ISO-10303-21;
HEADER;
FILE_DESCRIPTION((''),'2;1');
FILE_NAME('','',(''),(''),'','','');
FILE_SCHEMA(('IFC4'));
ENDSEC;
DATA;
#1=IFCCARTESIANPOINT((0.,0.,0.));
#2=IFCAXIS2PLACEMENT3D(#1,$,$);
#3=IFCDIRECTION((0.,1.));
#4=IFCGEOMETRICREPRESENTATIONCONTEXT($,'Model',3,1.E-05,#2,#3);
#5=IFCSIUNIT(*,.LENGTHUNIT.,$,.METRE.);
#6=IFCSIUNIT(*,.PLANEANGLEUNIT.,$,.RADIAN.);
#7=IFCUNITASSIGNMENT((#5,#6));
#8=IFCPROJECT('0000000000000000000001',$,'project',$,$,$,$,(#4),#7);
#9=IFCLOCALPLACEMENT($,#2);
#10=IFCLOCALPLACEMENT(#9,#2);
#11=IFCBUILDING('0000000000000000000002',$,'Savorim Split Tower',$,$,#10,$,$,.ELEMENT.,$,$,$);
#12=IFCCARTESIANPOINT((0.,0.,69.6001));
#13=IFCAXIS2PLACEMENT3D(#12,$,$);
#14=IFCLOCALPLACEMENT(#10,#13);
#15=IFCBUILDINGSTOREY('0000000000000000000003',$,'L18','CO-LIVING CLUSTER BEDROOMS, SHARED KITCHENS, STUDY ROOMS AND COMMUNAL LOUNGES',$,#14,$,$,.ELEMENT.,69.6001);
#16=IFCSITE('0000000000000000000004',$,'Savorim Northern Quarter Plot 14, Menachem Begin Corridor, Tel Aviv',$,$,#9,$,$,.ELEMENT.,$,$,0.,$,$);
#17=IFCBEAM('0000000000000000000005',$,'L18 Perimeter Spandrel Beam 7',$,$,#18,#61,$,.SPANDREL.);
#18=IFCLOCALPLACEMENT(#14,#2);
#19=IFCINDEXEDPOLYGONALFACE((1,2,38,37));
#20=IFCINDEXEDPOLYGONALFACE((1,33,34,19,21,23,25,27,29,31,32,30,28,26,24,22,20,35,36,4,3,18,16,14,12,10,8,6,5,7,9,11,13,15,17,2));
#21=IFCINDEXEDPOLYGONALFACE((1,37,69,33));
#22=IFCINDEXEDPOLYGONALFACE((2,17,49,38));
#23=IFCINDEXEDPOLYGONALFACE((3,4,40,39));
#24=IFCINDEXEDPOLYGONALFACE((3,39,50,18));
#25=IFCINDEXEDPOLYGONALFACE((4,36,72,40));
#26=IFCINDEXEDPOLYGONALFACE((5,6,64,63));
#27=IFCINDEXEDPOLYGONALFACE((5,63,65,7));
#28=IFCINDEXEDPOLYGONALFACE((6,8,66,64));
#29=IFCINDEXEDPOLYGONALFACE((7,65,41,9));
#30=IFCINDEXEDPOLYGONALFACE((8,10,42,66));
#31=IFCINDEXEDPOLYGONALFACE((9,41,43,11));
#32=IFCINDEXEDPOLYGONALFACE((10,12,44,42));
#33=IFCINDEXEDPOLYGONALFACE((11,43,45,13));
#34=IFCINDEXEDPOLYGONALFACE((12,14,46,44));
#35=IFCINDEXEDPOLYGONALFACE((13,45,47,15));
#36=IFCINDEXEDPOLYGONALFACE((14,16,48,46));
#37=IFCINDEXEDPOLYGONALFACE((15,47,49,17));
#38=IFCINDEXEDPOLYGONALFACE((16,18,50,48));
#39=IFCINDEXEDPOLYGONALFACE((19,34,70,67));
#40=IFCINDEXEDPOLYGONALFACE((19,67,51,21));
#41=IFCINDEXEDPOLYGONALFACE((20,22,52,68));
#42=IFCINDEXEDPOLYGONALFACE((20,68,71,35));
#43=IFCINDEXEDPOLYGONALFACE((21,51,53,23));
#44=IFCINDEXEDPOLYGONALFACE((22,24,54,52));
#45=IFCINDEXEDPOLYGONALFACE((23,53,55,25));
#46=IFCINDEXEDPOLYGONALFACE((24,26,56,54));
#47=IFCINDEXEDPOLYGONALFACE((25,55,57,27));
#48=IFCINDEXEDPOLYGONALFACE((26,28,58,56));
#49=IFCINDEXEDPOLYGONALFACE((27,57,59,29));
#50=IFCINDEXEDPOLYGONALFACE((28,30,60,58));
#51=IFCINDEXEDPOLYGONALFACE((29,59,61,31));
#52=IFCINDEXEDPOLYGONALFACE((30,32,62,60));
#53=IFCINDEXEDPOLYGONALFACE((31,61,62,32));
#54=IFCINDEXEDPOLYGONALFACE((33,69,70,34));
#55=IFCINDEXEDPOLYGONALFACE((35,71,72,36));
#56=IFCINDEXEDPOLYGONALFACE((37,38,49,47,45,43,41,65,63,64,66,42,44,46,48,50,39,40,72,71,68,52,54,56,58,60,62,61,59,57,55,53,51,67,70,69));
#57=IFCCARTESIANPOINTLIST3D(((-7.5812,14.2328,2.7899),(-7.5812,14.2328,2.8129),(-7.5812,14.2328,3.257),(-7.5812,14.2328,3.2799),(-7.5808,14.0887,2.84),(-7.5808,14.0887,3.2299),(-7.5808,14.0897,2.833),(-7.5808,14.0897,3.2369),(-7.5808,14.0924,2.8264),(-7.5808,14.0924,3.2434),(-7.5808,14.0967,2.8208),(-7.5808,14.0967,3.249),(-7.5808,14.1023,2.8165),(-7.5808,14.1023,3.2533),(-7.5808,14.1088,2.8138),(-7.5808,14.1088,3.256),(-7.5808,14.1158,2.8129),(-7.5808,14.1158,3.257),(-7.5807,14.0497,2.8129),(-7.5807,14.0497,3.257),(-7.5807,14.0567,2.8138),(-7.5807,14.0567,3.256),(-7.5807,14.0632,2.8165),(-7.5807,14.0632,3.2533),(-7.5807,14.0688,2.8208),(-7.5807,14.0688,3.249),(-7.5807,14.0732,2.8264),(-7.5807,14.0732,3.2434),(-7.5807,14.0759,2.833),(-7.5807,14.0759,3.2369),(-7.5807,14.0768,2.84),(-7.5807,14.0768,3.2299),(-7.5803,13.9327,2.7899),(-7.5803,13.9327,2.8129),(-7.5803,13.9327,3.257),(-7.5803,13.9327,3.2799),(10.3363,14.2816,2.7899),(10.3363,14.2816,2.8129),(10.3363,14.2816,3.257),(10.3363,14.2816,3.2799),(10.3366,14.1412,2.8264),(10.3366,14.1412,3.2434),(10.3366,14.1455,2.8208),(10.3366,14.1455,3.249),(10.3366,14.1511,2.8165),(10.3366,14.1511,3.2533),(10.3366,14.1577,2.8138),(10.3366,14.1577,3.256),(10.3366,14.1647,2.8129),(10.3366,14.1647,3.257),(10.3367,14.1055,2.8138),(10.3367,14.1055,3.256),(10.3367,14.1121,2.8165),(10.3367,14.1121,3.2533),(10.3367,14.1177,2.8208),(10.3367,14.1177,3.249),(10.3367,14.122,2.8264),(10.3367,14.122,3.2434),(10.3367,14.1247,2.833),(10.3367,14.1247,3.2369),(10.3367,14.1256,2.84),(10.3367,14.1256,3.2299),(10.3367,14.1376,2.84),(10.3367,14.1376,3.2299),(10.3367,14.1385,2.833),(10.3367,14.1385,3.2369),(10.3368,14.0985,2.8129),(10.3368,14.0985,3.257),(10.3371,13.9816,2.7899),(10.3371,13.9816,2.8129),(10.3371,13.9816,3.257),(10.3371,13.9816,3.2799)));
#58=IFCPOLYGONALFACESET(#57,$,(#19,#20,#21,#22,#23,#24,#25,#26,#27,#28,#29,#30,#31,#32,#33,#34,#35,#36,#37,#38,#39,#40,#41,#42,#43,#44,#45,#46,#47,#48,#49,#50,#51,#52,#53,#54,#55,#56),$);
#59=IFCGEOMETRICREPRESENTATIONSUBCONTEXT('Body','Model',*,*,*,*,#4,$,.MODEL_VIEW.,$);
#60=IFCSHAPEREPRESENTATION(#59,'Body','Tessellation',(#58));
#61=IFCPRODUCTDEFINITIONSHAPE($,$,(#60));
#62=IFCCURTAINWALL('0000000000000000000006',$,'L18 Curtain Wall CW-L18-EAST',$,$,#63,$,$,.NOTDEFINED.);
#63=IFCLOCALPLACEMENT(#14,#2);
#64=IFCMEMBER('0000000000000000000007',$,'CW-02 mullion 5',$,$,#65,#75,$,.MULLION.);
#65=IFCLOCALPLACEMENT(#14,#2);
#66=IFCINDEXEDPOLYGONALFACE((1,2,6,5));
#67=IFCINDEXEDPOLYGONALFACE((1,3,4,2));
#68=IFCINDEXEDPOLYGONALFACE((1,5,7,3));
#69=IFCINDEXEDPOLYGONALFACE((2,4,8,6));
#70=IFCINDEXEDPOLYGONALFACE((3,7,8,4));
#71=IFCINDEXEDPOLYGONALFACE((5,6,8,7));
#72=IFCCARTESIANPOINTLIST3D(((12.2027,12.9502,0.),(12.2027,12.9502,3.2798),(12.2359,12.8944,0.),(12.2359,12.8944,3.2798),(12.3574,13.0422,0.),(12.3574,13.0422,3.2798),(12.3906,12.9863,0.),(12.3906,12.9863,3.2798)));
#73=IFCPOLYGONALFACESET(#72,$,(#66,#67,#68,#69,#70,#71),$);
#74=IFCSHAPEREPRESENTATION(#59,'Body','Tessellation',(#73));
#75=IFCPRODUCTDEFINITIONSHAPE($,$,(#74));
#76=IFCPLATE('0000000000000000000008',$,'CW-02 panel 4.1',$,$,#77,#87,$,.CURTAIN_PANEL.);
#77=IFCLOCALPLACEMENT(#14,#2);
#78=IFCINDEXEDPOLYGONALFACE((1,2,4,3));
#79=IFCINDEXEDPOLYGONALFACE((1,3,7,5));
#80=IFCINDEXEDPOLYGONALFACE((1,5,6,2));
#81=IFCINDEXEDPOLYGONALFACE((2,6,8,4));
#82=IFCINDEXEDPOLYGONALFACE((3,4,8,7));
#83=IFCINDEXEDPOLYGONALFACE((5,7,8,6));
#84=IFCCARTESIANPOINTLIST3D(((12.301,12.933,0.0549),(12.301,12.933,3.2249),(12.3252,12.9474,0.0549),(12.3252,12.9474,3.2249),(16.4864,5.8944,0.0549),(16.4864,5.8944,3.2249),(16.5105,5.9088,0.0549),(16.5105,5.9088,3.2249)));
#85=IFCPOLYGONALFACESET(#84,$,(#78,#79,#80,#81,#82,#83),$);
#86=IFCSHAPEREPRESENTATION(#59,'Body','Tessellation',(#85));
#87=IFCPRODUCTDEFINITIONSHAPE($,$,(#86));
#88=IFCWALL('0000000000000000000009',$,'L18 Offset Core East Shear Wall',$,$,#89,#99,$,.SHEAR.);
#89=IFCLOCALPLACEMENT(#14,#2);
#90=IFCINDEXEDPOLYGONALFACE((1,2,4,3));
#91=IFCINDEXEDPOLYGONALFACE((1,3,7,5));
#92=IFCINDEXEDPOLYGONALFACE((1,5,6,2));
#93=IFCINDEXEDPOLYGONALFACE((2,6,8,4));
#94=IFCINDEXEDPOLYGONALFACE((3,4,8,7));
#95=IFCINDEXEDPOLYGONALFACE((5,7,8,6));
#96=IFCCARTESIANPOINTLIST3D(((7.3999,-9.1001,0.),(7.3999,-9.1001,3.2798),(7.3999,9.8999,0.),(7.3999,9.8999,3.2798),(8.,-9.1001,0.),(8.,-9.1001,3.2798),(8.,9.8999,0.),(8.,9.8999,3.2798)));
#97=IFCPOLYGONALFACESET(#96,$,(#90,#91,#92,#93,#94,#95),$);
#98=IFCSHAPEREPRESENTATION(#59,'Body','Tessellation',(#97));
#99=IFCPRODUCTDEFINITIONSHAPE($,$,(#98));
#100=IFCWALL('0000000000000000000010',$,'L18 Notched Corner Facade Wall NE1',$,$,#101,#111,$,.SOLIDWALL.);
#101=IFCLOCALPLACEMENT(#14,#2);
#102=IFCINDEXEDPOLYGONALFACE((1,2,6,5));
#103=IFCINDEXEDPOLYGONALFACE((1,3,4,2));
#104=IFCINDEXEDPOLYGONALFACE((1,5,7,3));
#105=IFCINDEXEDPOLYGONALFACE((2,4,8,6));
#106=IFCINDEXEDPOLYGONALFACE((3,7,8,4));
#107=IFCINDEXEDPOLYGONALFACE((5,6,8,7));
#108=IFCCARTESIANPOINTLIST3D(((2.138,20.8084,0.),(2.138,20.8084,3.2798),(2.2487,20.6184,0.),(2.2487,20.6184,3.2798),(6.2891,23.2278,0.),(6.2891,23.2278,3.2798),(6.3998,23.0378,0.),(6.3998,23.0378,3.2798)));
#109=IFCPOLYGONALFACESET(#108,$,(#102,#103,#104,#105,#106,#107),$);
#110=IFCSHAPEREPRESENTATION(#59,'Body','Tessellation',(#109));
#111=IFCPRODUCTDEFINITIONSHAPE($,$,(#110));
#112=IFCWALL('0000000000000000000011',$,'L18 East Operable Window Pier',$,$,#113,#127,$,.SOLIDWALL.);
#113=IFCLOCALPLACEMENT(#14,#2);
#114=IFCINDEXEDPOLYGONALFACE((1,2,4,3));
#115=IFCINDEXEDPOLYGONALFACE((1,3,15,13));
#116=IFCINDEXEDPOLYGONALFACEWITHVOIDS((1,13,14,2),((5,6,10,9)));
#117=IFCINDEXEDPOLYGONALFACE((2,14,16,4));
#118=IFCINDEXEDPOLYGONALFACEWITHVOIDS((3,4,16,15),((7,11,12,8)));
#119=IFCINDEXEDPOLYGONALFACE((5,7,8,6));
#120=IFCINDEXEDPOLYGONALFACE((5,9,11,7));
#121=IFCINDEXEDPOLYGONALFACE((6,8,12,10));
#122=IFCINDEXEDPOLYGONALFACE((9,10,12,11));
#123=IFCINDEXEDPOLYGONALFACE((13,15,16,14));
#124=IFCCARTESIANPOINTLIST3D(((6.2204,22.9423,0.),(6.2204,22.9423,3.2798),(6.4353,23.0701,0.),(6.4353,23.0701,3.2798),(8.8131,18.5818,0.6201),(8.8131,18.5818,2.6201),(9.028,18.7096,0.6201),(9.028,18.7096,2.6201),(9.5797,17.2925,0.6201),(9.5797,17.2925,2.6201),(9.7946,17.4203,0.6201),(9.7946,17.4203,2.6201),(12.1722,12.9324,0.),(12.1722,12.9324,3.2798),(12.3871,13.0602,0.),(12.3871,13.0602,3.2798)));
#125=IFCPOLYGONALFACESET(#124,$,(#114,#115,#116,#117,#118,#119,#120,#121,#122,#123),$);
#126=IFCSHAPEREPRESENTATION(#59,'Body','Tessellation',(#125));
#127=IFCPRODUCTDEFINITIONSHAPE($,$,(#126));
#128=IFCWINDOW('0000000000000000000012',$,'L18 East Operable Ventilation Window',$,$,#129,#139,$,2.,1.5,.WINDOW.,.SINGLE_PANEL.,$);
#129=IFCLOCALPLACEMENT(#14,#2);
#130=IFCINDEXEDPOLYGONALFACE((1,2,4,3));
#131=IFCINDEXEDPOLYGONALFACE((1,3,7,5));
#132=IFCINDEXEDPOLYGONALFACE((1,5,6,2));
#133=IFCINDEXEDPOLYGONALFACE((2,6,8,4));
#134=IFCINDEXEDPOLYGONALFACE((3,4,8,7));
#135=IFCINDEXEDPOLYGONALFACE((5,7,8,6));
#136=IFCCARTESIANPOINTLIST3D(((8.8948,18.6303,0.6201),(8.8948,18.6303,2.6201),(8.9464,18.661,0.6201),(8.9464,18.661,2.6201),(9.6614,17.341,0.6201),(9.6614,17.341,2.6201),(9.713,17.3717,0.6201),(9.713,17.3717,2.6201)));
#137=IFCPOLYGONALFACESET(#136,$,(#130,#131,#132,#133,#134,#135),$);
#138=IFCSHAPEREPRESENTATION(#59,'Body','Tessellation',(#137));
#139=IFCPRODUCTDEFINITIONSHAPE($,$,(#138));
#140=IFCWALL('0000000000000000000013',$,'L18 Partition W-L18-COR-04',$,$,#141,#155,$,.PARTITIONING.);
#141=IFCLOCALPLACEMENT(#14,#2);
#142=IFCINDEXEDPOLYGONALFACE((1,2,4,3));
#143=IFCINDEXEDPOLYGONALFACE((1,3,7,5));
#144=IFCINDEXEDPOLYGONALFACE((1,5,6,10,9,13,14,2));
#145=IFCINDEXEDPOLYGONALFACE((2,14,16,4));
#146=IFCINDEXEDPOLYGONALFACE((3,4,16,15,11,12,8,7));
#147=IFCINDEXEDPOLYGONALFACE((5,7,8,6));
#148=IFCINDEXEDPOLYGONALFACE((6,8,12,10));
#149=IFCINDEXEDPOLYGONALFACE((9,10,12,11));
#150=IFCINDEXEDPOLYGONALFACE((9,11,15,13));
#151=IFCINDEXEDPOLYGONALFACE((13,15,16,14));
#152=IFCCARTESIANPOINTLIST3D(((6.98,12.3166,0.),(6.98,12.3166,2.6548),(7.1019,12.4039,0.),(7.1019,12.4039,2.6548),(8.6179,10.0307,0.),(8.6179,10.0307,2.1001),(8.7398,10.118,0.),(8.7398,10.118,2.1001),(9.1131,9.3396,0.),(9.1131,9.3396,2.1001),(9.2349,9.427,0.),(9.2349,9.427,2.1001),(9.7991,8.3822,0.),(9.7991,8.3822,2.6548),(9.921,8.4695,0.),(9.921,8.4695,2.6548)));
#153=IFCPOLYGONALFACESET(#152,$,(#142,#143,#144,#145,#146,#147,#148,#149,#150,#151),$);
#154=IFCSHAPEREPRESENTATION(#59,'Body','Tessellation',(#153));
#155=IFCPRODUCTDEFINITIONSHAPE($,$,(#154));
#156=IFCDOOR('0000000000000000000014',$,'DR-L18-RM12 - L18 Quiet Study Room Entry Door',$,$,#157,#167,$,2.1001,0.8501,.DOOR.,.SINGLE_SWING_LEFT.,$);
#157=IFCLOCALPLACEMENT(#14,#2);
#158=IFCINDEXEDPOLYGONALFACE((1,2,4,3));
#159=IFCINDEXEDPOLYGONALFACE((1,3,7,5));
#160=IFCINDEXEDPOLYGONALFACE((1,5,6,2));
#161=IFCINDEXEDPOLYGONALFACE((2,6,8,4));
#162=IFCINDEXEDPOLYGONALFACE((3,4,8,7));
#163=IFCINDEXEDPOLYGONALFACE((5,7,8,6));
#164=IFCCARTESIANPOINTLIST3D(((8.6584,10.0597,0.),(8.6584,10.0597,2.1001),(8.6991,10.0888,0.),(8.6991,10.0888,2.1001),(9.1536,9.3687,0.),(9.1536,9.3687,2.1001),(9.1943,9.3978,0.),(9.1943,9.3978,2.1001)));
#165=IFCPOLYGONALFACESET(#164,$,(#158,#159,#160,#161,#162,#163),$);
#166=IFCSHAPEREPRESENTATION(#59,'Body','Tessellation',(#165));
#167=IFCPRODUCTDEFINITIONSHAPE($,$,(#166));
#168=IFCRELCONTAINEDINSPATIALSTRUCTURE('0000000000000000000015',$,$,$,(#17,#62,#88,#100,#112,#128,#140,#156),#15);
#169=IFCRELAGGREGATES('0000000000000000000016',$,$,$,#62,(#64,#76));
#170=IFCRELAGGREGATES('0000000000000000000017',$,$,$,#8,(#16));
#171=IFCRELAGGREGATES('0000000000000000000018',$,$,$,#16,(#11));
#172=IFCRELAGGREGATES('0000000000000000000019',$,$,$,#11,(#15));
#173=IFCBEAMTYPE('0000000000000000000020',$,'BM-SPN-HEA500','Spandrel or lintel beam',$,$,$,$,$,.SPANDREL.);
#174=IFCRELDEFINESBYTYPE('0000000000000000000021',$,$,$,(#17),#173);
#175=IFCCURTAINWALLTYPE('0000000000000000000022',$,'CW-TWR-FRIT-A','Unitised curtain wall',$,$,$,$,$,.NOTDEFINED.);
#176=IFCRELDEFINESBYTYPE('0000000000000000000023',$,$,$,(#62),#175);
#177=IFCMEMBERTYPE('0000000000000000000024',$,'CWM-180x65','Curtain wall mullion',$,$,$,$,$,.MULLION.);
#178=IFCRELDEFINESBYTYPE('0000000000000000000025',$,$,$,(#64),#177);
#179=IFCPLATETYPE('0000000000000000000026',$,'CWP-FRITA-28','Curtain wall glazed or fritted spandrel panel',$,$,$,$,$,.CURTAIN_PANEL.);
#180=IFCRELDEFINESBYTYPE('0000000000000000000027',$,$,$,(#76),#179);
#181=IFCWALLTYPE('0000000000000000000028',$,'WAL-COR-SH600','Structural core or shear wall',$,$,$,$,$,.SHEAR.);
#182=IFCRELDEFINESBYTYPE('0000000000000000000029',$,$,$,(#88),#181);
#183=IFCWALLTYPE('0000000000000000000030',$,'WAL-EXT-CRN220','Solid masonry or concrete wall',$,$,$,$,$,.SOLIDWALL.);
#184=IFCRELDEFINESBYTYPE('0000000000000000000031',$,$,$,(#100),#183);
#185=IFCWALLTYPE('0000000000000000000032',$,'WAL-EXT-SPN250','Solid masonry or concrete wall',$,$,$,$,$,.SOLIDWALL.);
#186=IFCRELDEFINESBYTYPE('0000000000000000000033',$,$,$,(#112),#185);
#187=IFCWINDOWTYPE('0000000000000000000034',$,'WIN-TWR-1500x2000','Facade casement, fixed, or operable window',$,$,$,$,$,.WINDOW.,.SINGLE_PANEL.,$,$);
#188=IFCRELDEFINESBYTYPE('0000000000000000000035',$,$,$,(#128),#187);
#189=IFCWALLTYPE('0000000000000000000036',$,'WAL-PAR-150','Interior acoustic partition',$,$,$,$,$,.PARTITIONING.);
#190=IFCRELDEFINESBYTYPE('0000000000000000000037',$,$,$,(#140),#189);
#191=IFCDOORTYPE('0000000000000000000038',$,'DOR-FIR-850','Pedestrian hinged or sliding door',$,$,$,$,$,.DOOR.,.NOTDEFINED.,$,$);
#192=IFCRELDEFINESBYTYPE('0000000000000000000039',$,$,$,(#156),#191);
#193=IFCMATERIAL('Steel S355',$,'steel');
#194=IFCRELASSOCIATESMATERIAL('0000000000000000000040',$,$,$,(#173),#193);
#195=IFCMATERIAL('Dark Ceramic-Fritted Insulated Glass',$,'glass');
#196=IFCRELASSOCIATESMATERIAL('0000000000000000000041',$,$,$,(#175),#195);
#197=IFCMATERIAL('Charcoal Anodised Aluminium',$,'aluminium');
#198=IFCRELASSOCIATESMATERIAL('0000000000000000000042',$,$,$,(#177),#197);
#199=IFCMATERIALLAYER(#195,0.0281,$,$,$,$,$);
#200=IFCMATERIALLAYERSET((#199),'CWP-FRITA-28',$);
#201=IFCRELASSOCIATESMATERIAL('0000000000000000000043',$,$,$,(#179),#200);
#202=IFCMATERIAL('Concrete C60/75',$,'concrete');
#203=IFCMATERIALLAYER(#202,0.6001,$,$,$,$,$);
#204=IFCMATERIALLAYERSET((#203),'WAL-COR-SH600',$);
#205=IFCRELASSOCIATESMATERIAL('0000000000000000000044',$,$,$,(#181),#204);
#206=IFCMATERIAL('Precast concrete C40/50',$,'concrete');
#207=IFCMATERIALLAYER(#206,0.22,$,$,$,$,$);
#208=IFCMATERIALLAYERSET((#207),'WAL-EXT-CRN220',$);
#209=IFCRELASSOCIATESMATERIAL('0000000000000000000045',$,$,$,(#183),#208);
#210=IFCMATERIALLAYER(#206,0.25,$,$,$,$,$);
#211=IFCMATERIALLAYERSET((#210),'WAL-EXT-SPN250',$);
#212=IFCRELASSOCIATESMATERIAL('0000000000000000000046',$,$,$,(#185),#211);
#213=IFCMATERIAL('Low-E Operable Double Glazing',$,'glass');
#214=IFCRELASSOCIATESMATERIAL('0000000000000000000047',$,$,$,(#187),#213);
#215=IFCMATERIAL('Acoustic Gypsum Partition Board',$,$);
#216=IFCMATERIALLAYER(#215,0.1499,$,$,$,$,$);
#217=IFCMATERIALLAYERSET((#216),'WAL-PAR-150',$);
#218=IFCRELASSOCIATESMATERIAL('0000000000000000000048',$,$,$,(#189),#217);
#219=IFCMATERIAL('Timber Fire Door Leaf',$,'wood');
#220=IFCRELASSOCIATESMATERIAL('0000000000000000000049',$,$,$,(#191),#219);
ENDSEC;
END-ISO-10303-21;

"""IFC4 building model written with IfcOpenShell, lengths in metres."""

from ifc_helpers import new_model, si_unit, direction, frame, frame_2d, origin, origin_2d, place, context, subcontext, project, spatial, rectangle, i_section, extrude, material, layer, layer_set, material_profile, profile_set, type_object, element, fill, aggregate, save


model = new_model("IFC4")

# Units and contexts
model_context = context("Model", 3, precision=1e-05, world=origin(), true_north=direction((0.0, 1.0)))
body_context = subcontext(model_context, "Body", "Model", "MODEL_VIEW")
ifc_project = project(units=[si_unit("LENGTHUNIT", "METRE"), si_unit("PLANEANGLEUNIT", "RADIAN")], contexts=[model_context])

# Site, building, storey
site_placement = place(None, origin())
site = spatial("IfcSite", under=ifc_project, at=site_placement, Name="Savorim Northern Quarter Plot 14, Menachem Begin Corridor, Tel Aviv", CompositionType="ELEMENT", RefElevation=0.0)
building_placement = place(site_placement, origin())
building = spatial("IfcBuilding", under=site, at=building_placement, Name="Savorim Split Tower", CompositionType="ELEMENT")
storey_placement = place(building_placement, frame((0.0, 0.0, 69.6001)))
storey = spatial("IfcBuildingStorey", under=building, at=storey_placement, Name="L18", Description="CO-LIVING CLUSTER BEDROOMS, SHARED KITCHENS, STUDY ROOMS AND COMMUNAL LOUNGES", CompositionType="ELEMENT", Elevation=69.6001)

# Beam
ifc_material_1 = material(Name="Steel S355", Category="steel")
ifc_material_profile_1 = material_profile(ifc_material_1, i_section(OverallWidth=0.3, OverallDepth=0.49, WebThickness=0.012, FlangeThickness=0.0229, FilletRadius=0.0271, at=origin_2d()), Name="HEA 500")
ifc_profile_set_1 = profile_set([ifc_material_profile_1], Name="Steel S355")
beam_type_1 = type_object("IfcBeamType", Name="BM-SPN-HEA500", Description="Spandrel or lintel beam", PredefinedType="SPANDREL", material=ifc_profile_set_1)
beam_1_placement = place(storey_placement, frame((10.3367, 14.1316, 3.0349), z_axis=(-0.999996, -0.002725, 0.0), x_axis=(0.002725, -0.999996, 0.0)))
element("IfcBeam", 1, at=beam_1_placement, inside=storey, type_object=beam_type_1, Name="L18 Perimeter Spandrel Beam 7", PredefinedType="SPANDREL", context=body_context, shape_type="SweptSolid", body=[
    extrude(i_section(OverallWidth=0.3, OverallDepth=0.49, WebThickness=0.012, FlangeThickness=0.0229, FilletRadius=0.0271, at=origin_2d()), origin(), (0.0, 0.0, 1.0), 17.9175),
])

# Curtain wall, member, plate
ifc_material_2 = material(Name="Dark Ceramic-Fritted Insulated Glass", Category="glass")
curtain_wall_type = type_object("IfcCurtainWallType", Name="CW-TWR-FRIT-A", Description="Unitised curtain wall", PredefinedType="NOTDEFINED", material=ifc_material_2)
curtain_wall_placement = place(storey_placement, origin())
curtain_wall = element("IfcCurtainWall", 2, at=curtain_wall_placement, inside=storey, type_object=curtain_wall_type, Name="L18 Curtain Wall CW-L18-EAST", PredefinedType="NOTDEFINED")
ifc_material_3 = material(Name="Charcoal Anodised Aluminium", Category="aluminium")
ifc_material_profile_2 = material_profile(ifc_material_3, rectangle(XDim=0.1799, YDim=0.0649, at=origin_2d()), Name="ALU-M 180x65")
ifc_profile_set_2 = profile_set([ifc_material_profile_2], Name="Charcoal Anodised Aluminium")
member_type = type_object("IfcMemberType", Name="CWM-180x65", Description="Curtain wall mullion", PredefinedType="MULLION", material=ifc_profile_set_2)
member_placement = place(storey_placement, frame((12.2966, 12.9683, 0.0), z_axis=(0.0, 0.0, 1.0), x_axis=(-0.859526, -0.511092, 0.0)))
member = element("IfcMember", 3, at=member_placement, type_object=member_type, Name="CW-02 mullion 5", PredefinedType="MULLION", context=body_context, shape_type="SweptSolid", body=[
    extrude(rectangle(XDim=0.1799, YDim=0.0649, at=origin_2d()), origin(), (0.0, 0.0, 1.0), 3.2798),
])
ifc_layer_1 = layer(ifc_material_2, 0.0281)
ifc_layer_set_1 = layer_set([ifc_layer_1], Name="CWP-FRITA-28")
plate_type = type_object("IfcPlateType", Name="CWP-FRITA-28", Description="Curtain wall glazed or fritted spandrel panel", PredefinedType="CURTAIN_PANEL", material=ifc_layer_set_1)
plate_placement = place(storey_placement, frame((14.4058, 9.4209, 0.0549), z_axis=(0.0, 0.0, 1.0), x_axis=(-0.511092, 0.859526, 0.0)))
plate = element("IfcPlate", 4, at=plate_placement, type_object=plate_type, Name="CW-02 panel 4.1", PredefinedType="CURTAIN_PANEL", context=body_context, shape_type="SweptSolid", body=[
    extrude(rectangle(XDim=8.189, YDim=0.0281, at=origin_2d()), origin(), (0.0, 0.0, 1.0), 3.1699),
])
aggregate(curtain_wall, [member, plate])

# Shared definitions
ifc_material_4 = material(Name="Concrete C60/75", Category="concrete")
ifc_layer_2 = layer(ifc_material_4, 0.6001)
ifc_layer_set_2 = layer_set([ifc_layer_2], Name="WAL-COR-SH600")
wall_type_1 = type_object("IfcWallType", Name="WAL-COR-SH600", Description="Structural core or shear wall", PredefinedType="SHEAR", material=ifc_layer_set_2)
ifc_material_5 = material(Name="Timber Fire Door Leaf", Category="wood")

# Walls
wall_1_placement = place(storey_placement, frame((7.7, 9.8999, 0.0), z_axis=(0.0, 0.0, 1.0), x_axis=(0.0, -1.0, 0.0)))
element("IfcWall", 5, at=wall_1_placement, inside=storey, type_object=wall_type_1, Name="L18 Offset Core East Shear Wall", PredefinedType="SHEAR", context=body_context, shape_type="SweptSolid", body=[
    extrude(rectangle(XDim=19.0, YDim=0.6001, at=frame_2d((9.5, 0.0))), origin(), (0.0, 0.0, 1.0), 3.2798),
])
ifc_material_6 = material(Name="Precast concrete C40/50", Category="concrete")
ifc_layer_3 = layer(ifc_material_6, 0.22)
ifc_layer_set_3 = layer_set([ifc_layer_3], Name="WAL-EXT-CRN220")
wall_type_2 = type_object("IfcWallType", Name="WAL-EXT-CRN220", Description="Solid masonry or concrete wall", PredefinedType="SOLIDWALL", material=ifc_layer_set_3)
wall_2_placement = place(storey_placement, frame((2.1934, 20.7134, 0.0), z_axis=(0.0, 0.0, 1.0), x_axis=(0.863965, 0.503552, 0.0)))
element("IfcWall", 6, at=wall_2_placement, inside=storey, type_object=wall_type_2, Name="L18 Notched Corner Facade Wall NE1", PredefinedType="SOLIDWALL", context=body_context, shape_type="SweptSolid", body=[
    extrude(rectangle(XDim=4.8047, YDim=0.22, at=frame_2d((2.4023, 0.0))), origin(), (0.0, 0.0, 1.0), 3.2798),
])

# Wall, opening, window
ifc_layer_4 = layer(ifc_material_6, 0.25)
ifc_layer_set_4 = layer_set([ifc_layer_4], Name="WAL-EXT-SPN250")
wall_type_3 = type_object("IfcWallType", Name="WAL-EXT-SPN250", Description="Solid masonry or concrete wall", PredefinedType="SOLIDWALL", material=ifc_layer_set_4)
wall_3_placement = place(storey_placement, frame((6.3279, 23.0061, 0.0), z_axis=(0.0, 0.0, 1.0), x_axis=(0.511076, -0.859536, 0.0)))
wall_3 = element("IfcWall", 7, at=wall_3_placement, inside=storey, type_object=wall_type_3, Name="L18 East Operable Window Pier", PredefinedType="SOLIDWALL", context=body_context, shape_type="SweptSolid", body=[
    extrude(rectangle(XDim=11.6458, YDim=0.25, at=frame_2d((5.8228, 0.0))), origin(), (0.0, 0.0, 1.0), 3.2798),
])
opening_1_placement = place(wall_3_placement, frame((5.073, 0.0, 0.6201)))
opening_1 = element("IfcOpeningElement", 8, at=opening_1_placement, cuts=wall_3, PredefinedType="OPENING", context=body_context, shape_type="SweptSolid", body=[
    extrude(rectangle(XDim=1.5, YDim=2.0, at=frame_2d((0.75, 1.0))), frame((0.0, 0.135, 0.0), z_axis=(0.0, -1.0, 0.0), x_axis=(1.0, 0.0, 0.0)), (0.0, 0.0, 1.0), 0.27),
])
ifc_material_7 = material(Name="Low-E Operable Double Glazing", Category="glass")
window_type = type_object("IfcWindowType", Name="WIN-TWR-1500x2000", Description="Facade casement, fixed, or operable window", PartitioningType="SINGLE_PANEL", PredefinedType="WINDOW", material=ifc_material_7)
window_placement = place(opening_1_placement, origin())
window = element("IfcWindow", 9, at=window_placement, inside=storey, type_object=window_type, Name="L18 East Operable Ventilation Window", OverallHeight=2.0, OverallWidth=1.5, PartitioningType="SINGLE_PANEL", PredefinedType="WINDOW", context=body_context, shape_type="SweptSolid", body=[
    extrude(rectangle(XDim=1.5, YDim=2.0, at=frame_2d((0.75, 1.0))), frame((0.0, 0.03, 0.0), z_axis=(0.0, -1.0, 0.0), x_axis=(1.0, 0.0, 0.0)), (0.0, 0.0, 1.0), 0.0601),
])
fill(opening_1, window)

# Wall, opening, door
ifc_material_8 = material(Name="Acoustic Gypsum Partition Board")
ifc_layer_5 = layer(ifc_material_8, 0.1499)
ifc_layer_set_5 = layer_set([ifc_layer_5], Name="WAL-PAR-150")
wall_type_4 = type_object("IfcWallType", Name="WAL-PAR-150", Description="Interior acoustic partition", PredefinedType="PARTITIONING", material=ifc_layer_set_5)
wall_4_placement = place(storey_placement, frame((7.041, 12.3601, 0.0), z_axis=(0.0, 0.0, 1.0), x_axis=(0.58245, -0.812867, 0.0)))
wall_4 = element("IfcWall", 10, at=wall_4_placement, inside=storey, type_object=wall_type_4, Name="L18 Partition W-L18-COR-04", PredefinedType="PARTITIONING", context=body_context, shape_type="SweptSolid", body=[
    extrude(rectangle(XDim=4.8401, YDim=0.1499, at=frame_2d((2.4199, 0.0))), origin(), (0.0, 0.0, 1.0), 2.6548),
])
opening_2_placement = place(wall_4_placement, frame((2.812, 0.0, 0.0)))
opening_2 = element("IfcOpeningElement", 11, at=opening_2_placement, cuts=wall_4, PredefinedType="OPENING", context=body_context, shape_type="SweptSolid", body=[
    extrude(rectangle(XDim=0.8501, YDim=2.1001, at=frame_2d((0.425, 1.05))), frame((0.0, 0.085, 0.0), z_axis=(0.0, -1.0, 0.0), x_axis=(1.0, 0.0, 0.0)), (0.0, 0.0, 1.0), 0.1699),
])
door_type_1 = type_object("IfcDoorType", Name="DOR-FIR-850", Description="Pedestrian hinged or sliding door", OperationType="NOTDEFINED", PredefinedType="DOOR", material=ifc_material_5)
door_1_placement = place(opening_2_placement, origin())
door_1 = element("IfcDoor", 12, at=door_1_placement, inside=storey, type_object=door_type_1, Name="DR-L18-RM12 - L18 Quiet Study Room Entry Door", OperationType="SINGLE_SWING_LEFT", OverallHeight=2.1001, OverallWidth=0.8501, PredefinedType="DOOR", context=body_context, shape_type="SweptSolid", body=[
    extrude(rectangle(XDim=0.8501, YDim=2.1001, at=frame_2d((0.425, 1.05))), frame((0.0, 0.0249, 0.0), z_axis=(0.0, -1.0, 0.0), x_axis=(1.0, 0.0, 0.0)), (0.0, 0.0, 1.0), 0.05),
])
fill(opening_2, door_1)

save(model, "model.ifc")
